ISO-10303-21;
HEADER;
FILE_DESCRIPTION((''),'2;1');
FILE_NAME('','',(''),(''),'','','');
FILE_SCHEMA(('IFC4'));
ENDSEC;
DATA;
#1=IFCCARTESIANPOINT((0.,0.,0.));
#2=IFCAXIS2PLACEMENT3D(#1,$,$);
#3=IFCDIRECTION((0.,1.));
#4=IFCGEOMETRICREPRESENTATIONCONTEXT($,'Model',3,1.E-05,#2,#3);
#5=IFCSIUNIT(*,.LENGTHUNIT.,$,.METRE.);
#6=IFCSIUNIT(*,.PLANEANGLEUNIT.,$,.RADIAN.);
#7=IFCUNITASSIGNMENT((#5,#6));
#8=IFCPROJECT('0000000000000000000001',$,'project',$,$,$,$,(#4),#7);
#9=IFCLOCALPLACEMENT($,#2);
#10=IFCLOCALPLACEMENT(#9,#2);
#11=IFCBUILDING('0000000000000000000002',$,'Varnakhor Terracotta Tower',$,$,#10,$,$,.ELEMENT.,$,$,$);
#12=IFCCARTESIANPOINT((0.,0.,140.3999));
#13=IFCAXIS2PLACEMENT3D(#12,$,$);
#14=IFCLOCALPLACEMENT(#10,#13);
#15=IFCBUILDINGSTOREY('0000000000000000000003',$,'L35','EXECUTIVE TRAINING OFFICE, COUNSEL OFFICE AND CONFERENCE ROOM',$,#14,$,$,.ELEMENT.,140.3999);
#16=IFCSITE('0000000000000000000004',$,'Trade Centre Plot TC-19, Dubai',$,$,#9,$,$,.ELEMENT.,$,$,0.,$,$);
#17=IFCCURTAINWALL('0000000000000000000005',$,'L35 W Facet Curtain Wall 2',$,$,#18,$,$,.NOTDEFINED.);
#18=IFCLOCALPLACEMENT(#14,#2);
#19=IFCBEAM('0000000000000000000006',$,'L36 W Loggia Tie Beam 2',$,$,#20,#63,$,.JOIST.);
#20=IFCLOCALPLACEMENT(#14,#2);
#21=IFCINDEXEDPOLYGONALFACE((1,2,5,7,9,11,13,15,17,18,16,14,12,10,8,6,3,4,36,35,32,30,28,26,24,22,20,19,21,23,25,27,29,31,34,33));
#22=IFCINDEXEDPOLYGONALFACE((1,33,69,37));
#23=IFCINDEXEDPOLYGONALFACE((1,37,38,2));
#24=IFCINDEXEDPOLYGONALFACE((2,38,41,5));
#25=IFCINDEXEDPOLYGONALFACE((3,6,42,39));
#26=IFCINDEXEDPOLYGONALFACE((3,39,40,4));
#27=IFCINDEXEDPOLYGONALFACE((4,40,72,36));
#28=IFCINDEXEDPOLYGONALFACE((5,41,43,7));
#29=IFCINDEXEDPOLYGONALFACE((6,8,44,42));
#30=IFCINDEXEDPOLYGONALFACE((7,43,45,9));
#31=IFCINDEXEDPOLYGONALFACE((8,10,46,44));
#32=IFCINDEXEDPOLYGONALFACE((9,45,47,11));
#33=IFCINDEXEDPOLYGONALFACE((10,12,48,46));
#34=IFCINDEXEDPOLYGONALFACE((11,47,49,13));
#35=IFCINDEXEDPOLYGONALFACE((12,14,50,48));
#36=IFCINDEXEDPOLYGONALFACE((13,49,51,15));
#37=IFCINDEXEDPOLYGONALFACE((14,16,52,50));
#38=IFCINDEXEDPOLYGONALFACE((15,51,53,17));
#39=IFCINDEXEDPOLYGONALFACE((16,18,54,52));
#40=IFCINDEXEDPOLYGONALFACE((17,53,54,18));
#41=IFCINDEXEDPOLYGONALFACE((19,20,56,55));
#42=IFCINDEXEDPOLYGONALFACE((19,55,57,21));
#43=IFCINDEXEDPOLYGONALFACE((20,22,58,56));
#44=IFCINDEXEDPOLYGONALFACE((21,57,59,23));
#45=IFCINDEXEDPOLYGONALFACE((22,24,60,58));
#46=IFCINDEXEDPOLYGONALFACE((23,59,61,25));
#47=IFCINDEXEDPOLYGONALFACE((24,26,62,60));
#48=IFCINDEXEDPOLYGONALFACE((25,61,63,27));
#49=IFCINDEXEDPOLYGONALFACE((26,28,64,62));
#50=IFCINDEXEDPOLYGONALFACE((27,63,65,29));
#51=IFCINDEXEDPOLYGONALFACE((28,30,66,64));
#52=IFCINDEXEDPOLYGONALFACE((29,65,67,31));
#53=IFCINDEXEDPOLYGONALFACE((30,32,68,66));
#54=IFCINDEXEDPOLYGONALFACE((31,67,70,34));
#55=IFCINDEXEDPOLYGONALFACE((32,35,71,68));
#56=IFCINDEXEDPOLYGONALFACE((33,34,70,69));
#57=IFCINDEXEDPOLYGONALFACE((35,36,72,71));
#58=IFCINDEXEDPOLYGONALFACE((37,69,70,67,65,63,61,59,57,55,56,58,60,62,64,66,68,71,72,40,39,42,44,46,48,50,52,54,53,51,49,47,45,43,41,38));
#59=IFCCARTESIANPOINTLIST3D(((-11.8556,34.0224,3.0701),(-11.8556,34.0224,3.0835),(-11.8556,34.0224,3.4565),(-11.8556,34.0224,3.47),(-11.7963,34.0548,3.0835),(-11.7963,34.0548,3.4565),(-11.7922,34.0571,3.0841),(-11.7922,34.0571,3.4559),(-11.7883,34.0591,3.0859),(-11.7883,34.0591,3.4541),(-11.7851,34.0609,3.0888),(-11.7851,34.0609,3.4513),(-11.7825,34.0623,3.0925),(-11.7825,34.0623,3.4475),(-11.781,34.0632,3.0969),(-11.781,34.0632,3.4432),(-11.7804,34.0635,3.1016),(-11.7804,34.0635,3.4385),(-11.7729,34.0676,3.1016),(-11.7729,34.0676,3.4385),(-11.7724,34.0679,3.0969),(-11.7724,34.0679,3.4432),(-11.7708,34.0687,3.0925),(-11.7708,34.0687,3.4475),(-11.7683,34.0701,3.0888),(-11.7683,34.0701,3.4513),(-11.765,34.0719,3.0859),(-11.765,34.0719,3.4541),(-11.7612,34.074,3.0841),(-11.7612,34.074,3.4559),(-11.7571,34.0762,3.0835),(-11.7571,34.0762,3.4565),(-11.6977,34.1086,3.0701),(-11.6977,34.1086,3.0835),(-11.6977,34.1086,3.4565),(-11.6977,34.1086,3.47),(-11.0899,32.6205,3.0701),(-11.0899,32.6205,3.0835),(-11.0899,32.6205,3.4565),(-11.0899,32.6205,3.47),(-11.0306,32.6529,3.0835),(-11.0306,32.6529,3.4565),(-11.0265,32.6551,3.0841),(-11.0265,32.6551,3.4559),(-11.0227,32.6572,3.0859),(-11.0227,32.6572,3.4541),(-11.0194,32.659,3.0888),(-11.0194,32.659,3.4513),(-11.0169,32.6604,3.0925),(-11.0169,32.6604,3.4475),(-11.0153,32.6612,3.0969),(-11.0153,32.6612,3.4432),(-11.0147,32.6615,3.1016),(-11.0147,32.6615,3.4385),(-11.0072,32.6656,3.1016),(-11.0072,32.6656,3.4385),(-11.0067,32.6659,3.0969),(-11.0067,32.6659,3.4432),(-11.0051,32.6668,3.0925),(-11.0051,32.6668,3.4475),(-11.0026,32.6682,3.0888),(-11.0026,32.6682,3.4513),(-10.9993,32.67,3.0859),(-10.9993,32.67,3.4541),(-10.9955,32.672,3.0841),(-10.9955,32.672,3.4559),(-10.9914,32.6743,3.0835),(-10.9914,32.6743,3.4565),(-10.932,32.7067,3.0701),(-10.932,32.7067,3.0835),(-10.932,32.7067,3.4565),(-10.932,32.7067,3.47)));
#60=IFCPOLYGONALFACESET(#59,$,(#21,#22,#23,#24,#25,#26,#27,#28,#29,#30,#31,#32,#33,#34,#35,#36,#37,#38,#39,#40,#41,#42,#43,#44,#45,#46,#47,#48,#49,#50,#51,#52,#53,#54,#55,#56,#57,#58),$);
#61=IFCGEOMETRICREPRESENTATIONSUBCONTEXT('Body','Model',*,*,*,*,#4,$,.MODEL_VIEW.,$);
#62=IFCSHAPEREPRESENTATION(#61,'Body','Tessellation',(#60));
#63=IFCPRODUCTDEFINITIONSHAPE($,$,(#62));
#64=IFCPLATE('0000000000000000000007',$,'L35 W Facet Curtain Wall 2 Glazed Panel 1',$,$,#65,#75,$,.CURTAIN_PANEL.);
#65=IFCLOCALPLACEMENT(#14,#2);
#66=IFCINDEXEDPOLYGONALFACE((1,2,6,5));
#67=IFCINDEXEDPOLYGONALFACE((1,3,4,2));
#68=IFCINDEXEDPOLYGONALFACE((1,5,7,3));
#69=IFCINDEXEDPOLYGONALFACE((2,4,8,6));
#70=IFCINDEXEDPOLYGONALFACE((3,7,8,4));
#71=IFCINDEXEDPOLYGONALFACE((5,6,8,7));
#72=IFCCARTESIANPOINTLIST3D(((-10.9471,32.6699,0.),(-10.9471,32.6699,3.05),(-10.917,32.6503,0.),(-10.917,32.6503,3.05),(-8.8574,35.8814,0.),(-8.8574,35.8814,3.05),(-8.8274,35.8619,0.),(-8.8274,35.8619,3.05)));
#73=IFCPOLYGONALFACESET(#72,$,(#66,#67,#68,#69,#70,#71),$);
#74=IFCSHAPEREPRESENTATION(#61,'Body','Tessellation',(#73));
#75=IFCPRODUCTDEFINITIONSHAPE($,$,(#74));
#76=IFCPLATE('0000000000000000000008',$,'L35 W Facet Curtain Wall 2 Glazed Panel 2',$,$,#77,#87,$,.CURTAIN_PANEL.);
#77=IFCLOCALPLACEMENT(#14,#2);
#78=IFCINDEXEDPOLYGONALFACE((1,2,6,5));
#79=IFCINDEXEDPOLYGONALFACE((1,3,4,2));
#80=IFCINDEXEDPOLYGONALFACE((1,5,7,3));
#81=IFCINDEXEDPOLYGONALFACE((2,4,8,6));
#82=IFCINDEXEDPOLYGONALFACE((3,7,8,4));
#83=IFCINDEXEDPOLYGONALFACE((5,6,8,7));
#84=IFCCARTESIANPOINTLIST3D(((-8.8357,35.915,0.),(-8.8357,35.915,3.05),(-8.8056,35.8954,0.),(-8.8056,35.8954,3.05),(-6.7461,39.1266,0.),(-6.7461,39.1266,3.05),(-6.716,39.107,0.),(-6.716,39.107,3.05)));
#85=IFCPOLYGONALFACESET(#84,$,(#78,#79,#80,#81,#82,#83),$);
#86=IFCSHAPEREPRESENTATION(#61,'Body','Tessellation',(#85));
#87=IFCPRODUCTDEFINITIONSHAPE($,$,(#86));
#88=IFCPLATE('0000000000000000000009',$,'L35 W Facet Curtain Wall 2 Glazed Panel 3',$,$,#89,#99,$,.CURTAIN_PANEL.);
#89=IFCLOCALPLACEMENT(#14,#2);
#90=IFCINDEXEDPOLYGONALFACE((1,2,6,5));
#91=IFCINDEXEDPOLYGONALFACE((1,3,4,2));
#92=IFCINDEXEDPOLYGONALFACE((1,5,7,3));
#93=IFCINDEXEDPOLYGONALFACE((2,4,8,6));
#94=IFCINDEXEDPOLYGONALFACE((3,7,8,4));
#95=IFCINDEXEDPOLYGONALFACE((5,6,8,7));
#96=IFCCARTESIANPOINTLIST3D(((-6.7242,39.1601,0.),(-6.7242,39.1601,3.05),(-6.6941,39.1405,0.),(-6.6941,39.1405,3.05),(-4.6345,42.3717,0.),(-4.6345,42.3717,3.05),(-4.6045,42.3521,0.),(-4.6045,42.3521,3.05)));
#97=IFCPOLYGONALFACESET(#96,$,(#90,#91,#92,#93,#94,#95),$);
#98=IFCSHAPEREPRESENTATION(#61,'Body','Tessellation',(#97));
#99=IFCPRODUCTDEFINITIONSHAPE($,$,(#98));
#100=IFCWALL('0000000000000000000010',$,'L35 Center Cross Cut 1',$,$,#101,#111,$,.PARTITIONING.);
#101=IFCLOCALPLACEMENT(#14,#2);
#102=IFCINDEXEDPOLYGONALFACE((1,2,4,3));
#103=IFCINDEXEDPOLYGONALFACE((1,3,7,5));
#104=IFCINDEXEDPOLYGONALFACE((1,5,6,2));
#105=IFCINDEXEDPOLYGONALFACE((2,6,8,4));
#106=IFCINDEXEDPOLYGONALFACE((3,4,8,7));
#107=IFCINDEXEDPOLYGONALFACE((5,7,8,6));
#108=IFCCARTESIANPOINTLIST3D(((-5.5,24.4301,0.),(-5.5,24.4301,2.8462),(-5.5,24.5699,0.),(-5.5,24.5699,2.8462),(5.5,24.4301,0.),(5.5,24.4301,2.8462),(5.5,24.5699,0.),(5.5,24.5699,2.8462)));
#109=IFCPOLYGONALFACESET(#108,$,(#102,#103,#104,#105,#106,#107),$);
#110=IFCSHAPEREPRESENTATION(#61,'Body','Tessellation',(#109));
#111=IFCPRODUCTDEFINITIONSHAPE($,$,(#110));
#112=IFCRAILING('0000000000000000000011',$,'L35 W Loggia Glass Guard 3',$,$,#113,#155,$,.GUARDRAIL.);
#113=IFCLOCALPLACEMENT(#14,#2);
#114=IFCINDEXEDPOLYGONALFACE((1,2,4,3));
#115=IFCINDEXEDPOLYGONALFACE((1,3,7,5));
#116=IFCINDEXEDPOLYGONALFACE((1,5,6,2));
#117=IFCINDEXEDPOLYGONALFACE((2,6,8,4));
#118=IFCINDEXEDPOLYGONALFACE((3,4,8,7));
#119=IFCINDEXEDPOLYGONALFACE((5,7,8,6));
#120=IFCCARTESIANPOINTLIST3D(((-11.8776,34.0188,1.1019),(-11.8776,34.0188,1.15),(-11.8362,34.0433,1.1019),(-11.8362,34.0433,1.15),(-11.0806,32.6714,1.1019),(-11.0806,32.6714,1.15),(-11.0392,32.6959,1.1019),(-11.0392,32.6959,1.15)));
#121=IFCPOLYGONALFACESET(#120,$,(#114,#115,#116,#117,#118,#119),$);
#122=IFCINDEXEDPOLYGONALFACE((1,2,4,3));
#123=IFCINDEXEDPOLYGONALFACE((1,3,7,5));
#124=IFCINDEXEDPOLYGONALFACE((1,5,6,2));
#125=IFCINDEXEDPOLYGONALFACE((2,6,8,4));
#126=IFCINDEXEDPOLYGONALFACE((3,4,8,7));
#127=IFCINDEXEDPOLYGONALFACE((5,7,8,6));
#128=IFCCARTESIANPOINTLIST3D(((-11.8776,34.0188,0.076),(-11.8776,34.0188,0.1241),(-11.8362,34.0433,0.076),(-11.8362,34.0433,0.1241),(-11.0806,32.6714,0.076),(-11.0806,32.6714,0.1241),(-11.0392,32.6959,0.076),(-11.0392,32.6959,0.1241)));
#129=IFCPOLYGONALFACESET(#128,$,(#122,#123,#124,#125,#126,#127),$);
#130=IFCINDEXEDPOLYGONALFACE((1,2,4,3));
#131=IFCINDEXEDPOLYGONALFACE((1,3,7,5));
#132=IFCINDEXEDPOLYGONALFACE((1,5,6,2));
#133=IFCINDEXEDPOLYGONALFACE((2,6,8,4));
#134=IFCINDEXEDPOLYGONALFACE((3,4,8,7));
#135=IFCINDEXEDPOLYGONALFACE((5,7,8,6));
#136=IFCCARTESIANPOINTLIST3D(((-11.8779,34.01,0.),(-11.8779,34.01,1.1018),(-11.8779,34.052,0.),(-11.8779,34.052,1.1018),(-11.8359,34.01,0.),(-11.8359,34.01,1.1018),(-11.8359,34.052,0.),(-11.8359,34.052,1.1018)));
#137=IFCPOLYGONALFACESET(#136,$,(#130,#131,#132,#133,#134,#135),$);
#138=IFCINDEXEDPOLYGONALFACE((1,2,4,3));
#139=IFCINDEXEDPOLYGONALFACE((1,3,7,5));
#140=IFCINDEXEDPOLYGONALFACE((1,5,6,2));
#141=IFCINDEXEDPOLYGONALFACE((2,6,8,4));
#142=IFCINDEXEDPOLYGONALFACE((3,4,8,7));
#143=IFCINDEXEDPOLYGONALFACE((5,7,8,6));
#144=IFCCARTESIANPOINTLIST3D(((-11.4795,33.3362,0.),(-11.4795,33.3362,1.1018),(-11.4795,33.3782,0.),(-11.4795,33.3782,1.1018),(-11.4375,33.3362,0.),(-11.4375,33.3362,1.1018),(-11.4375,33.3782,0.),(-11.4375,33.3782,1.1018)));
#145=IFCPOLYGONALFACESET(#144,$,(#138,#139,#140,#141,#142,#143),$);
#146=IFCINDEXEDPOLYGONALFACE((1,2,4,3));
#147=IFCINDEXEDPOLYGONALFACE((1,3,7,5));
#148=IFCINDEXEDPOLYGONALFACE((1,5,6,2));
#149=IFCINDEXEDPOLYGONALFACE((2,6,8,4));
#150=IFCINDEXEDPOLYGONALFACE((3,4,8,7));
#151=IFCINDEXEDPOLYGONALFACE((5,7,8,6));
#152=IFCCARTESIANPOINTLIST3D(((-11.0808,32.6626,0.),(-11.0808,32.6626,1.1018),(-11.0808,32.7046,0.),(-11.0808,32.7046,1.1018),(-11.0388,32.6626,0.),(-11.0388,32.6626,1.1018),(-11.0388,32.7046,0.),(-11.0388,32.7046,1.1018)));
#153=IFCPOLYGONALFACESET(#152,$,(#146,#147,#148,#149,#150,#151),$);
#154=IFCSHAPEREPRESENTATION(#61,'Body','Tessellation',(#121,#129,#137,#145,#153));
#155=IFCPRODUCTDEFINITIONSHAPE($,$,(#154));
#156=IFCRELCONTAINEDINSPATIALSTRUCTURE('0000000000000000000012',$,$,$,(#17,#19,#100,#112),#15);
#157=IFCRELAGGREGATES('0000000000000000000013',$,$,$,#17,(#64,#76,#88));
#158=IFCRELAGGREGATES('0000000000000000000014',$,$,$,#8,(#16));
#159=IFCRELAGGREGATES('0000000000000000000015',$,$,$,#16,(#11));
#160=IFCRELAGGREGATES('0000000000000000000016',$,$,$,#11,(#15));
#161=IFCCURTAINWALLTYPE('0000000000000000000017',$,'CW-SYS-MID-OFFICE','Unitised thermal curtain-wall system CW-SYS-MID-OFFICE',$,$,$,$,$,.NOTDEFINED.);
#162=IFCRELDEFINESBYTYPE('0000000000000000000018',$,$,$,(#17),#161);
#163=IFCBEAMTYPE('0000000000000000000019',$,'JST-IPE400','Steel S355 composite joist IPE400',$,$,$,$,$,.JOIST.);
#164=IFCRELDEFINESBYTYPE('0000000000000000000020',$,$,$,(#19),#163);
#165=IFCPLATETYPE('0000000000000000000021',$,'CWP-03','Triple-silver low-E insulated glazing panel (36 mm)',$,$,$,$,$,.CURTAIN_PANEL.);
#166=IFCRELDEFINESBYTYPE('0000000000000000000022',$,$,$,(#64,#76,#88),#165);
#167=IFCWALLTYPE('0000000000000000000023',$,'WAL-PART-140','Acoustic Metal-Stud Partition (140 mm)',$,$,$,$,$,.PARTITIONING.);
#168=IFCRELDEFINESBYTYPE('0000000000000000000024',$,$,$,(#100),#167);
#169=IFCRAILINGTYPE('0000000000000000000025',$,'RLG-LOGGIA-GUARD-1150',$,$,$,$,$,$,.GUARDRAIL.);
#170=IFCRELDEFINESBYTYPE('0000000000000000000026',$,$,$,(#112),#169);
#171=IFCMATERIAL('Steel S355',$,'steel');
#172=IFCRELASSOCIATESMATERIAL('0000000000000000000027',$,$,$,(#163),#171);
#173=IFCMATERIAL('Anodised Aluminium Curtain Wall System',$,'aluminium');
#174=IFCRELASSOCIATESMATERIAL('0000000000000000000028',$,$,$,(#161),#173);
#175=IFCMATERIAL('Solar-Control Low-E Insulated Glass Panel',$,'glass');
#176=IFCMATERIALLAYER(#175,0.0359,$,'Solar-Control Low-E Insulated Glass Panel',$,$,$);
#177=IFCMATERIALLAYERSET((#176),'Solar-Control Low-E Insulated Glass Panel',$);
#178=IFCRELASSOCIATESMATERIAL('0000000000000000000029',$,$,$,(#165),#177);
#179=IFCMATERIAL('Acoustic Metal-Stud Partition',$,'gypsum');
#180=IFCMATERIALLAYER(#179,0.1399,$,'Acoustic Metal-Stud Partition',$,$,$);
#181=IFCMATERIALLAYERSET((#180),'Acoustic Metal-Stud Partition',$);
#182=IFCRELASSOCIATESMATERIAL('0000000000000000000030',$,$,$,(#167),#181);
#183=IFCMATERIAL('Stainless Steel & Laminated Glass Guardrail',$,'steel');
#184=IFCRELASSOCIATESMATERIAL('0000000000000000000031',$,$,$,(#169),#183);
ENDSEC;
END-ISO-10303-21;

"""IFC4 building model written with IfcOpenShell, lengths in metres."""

from ifc_helpers import new_model, si_unit, direction, frame, frame_2d, origin, origin_2d, place, context, subcontext, project, spatial, rectangle, i_section, extrude, source, transform, mapped, material, layer, layer_set, material_profile, profile_set, type_object, element, aggregate, save


model = new_model("IFC4")

# Units and contexts
model_context = context("Model", 3, precision=1e-05, world=origin(), true_north=direction((0.0, 1.0)))
body_context = subcontext(model_context, "Body", "Model", "MODEL_VIEW")
ifc_project = project(units=[si_unit("LENGTHUNIT", "METRE"), si_unit("PLANEANGLEUNIT", "RADIAN")], contexts=[model_context])

# Site, building, storey
site_placement = place(None, origin())
site = spatial("IfcSite", under=ifc_project, at=site_placement, Name="Trade Centre Plot TC-19, Dubai", CompositionType="ELEMENT", RefElevation=0.0)
building_placement = place(site_placement, origin())
building = spatial("IfcBuilding", under=site, at=building_placement, Name="Varnakhor Terracotta Tower", CompositionType="ELEMENT")
storey_placement = place(building_placement, frame((0.0, 0.0, 140.3999)))
storey = spatial("IfcBuildingStorey", under=building, at=storey_placement, Name="L35", Description="EXECUTIVE TRAINING OFFICE, COUNSEL OFFICE AND CONFERENCE ROOM", CompositionType="ELEMENT", Elevation=140.3999)

# Shared definitions
ifc_material_1 = material(Name="Steel S355", Category="steel")
ifc_material_profile_1 = material_profile(ifc_material_1, i_section(OverallWidth=0.1799, OverallDepth=0.3999, WebThickness=0.0085, FlangeThickness=0.0134, FilletRadius=0.0181, at=origin_2d()), Name="IPE400")
ifc_profile_set_1 = profile_set([ifc_material_profile_1], Name="Steel S355")
beam_type_1 = type_object("IfcBeamType", Name="JST-IPE400", Description="Steel S355 composite joist IPE400", PredefinedType="JOIST", material=ifc_profile_set_1)

# Curtain wall
ifc_material_2 = material(Name="Anodised Aluminium Curtain Wall System", Category="aluminium")
curtain_wall_type = type_object("IfcCurtainWallType", Name="CW-SYS-MID-OFFICE", Description="Unitised thermal curtain-wall system CW-SYS-MID-OFFICE", PredefinedType="NOTDEFINED", material=ifc_material_2)
curtain_wall_1_placement = place(storey_placement, origin())
curtain_wall_1 = element("IfcCurtainWall", 1, at=curtain_wall_1_placement, inside=storey, type_object=curtain_wall_type, Name="L35 W Facet Curtain Wall 2", PredefinedType="NOTDEFINED")

# Beam
shared_shape_1 = source(origin(), body_context, "Body", "SweptSolid", [
    extrude(i_section(OverallWidth=0.1799, OverallDepth=0.3999, WebThickness=0.0085, FlangeThickness=0.0134, FilletRadius=0.0181, at=origin_2d()), origin(), (0.0, 0.0, 1.0), 1.5974),
])
beam_1_placement = place(storey_placement, frame((-11.011, 32.6636, 3.27), z_axis=(-0.479323, 0.877638, 0.0), x_axis=(-0.877638, -0.479323, 0.0)))
element("IfcBeam", 2, at=beam_1_placement, inside=storey, type_object=beam_type_1, Name="L36 W Loggia Tie Beam 2", PredefinedType="JOIST", context=body_context, shape_type="MappedRepresentation", body=[
    mapped(shared_shape_1, transform((0.0, 0.0, 0.0), scale=1.0)),
])

# Plates
ifc_material_3 = material(Name="Solar-Control Low-E Insulated Glass Panel", Category="glass")
ifc_layer_1 = layer(ifc_material_3, 0.0359, Name="Solar-Control Low-E Insulated Glass Panel")
ifc_layer_set_1 = layer_set([ifc_layer_1], Name="Solar-Control Low-E Insulated Glass Panel")
plate_type = type_object("IfcPlateType", Name="CWP-03", Description="Triple-silver low-E insulated glazing panel (36 mm)", PredefinedType="CURTAIN_PANEL", material=ifc_layer_set_1)
shared_shape_2 = source(origin(), body_context, "Body", "SweptSolid", [
    extrude(rectangle(XDim=3.8315, YDim=0.0359, at=origin_2d()), origin(), (0.0, 0.0, 1.0), 3.05),
])
plate_1_placement = place(storey_placement, frame((-9.8872, 34.2659, 0.0), z_axis=(0.0, 0.0, 1.0), x_axis=(0.545371, 0.838195, 0.0)))
plate_1 = element("IfcPlate", 3, at=plate_1_placement, type_object=plate_type, Name="L35 W Facet Curtain Wall 2 Glazed Panel 1", PredefinedType="CURTAIN_PANEL", context=body_context, shape_type="MappedRepresentation", body=[
    mapped(shared_shape_2, transform((0.0, 0.0, 0.0), scale=1.0)),
])
plate_2_placement = place(storey_placement, frame((-7.7759, 37.511, 0.0), z_axis=(0.0, 0.0, 1.0), x_axis=(0.545371, 0.838195, 0.0)))
plate_2 = element("IfcPlate", 4, at=plate_2_placement, type_object=plate_type, Name="L35 W Facet Curtain Wall 2 Glazed Panel 2", PredefinedType="CURTAIN_PANEL", context=body_context, shape_type="MappedRepresentation", body=[
    mapped(shared_shape_2, transform((0.0, 0.0, 0.0), scale=1.0)),
])
plate_3_placement = place(storey_placement, frame((-5.6643, 40.7561, 0.0), z_axis=(0.0, 0.0, 1.0), x_axis=(0.545371, 0.838195, 0.0)))
plate_3 = element("IfcPlate", 5, at=plate_3_placement, type_object=plate_type, Name="L35 W Facet Curtain Wall 2 Glazed Panel 3", PredefinedType="CURTAIN_PANEL", context=body_context, shape_type="MappedRepresentation", body=[
    mapped(shared_shape_2, transform((0.0, 0.0, 0.0), scale=1.0)),
])
aggregate(curtain_wall_1, [plate_1, plate_2, plate_3])

# Wall
ifc_material_4 = material(Name="Acoustic Metal-Stud Partition", Category="gypsum")
ifc_layer_2 = layer(ifc_material_4, 0.1399, Name="Acoustic Metal-Stud Partition")
ifc_layer_set_2 = layer_set([ifc_layer_2], Name="Acoustic Metal-Stud Partition")
wall_type = type_object("IfcWallType", Name="WAL-PART-140", Description="Acoustic Metal-Stud Partition (140 mm)", PredefinedType="PARTITIONING", material=ifc_layer_set_2)
wall_placement = place(storey_placement, frame((-5.5, 24.5, 0.0), z_axis=(0.0, 0.0, 1.0), x_axis=(1.0, 0.0, 0.0)))
element("IfcWall", 6, at=wall_placement, inside=storey, type_object=wall_type, Name="L35 Center Cross Cut 1", PredefinedType="PARTITIONING", context=body_context, shape_type="SweptSolid", body=[
    extrude(rectangle(XDim=11.0, YDim=0.1399, at=frame_2d((5.5, 0.0))), origin(), (0.0, 0.0, 1.0), 2.8462),
])

# Railing
ifc_material_5 = material(Name="Stainless Steel & Laminated Glass Guardrail", Category="steel")
railing_type = type_object("IfcRailingType", Name="RLG-LOGGIA-GUARD-1150", PredefinedType="GUARDRAIL", material=ifc_material_5)
railing_placement = place(storey_placement, frame((-11.8569, 34.031, 0.0)))
element("IfcRailing", 7, at=railing_placement, inside=storey, type_object=railing_type, Name="L35 W Loggia Glass Guard 3", PredefinedType="GUARDRAIL", context=body_context, shape_type="SweptSolid", body=[
    extrude(rectangle(XDim=0.0481, YDim=0.0481, at=origin_2d()), frame((0.0, 0.0, 1.126), z_axis=(0.509165, -0.860669, 0.0), x_axis=(0.860669, 0.509165, 0.0)), (0.0, 0.0, 1.0), 1.5654),
    extrude(rectangle(XDim=0.0481, YDim=0.0481, at=origin_2d()), frame((0.0, 0.0, 0.1001), z_axis=(0.509165, -0.860669, 0.0), x_axis=(0.860669, 0.509165, 0.0)), (0.0, 0.0, 1.0), 1.5654),
    extrude(rectangle(XDim=0.042, YDim=0.042, at=origin_2d()), origin(), (0.0, 0.0, 1.0), 1.1018),
    extrude(rectangle(XDim=0.042, YDim=0.042, at=origin_2d()), frame((0.3984, -0.6738, 0.0)), (0.0, 0.0, 1.0), 1.1018),
    extrude(rectangle(XDim=0.042, YDim=0.042, at=origin_2d()), frame((0.7971, -1.3474, 0.0)), (0.0, 0.0, 1.0), 1.1018),
])

save(model, "model.ifc")
